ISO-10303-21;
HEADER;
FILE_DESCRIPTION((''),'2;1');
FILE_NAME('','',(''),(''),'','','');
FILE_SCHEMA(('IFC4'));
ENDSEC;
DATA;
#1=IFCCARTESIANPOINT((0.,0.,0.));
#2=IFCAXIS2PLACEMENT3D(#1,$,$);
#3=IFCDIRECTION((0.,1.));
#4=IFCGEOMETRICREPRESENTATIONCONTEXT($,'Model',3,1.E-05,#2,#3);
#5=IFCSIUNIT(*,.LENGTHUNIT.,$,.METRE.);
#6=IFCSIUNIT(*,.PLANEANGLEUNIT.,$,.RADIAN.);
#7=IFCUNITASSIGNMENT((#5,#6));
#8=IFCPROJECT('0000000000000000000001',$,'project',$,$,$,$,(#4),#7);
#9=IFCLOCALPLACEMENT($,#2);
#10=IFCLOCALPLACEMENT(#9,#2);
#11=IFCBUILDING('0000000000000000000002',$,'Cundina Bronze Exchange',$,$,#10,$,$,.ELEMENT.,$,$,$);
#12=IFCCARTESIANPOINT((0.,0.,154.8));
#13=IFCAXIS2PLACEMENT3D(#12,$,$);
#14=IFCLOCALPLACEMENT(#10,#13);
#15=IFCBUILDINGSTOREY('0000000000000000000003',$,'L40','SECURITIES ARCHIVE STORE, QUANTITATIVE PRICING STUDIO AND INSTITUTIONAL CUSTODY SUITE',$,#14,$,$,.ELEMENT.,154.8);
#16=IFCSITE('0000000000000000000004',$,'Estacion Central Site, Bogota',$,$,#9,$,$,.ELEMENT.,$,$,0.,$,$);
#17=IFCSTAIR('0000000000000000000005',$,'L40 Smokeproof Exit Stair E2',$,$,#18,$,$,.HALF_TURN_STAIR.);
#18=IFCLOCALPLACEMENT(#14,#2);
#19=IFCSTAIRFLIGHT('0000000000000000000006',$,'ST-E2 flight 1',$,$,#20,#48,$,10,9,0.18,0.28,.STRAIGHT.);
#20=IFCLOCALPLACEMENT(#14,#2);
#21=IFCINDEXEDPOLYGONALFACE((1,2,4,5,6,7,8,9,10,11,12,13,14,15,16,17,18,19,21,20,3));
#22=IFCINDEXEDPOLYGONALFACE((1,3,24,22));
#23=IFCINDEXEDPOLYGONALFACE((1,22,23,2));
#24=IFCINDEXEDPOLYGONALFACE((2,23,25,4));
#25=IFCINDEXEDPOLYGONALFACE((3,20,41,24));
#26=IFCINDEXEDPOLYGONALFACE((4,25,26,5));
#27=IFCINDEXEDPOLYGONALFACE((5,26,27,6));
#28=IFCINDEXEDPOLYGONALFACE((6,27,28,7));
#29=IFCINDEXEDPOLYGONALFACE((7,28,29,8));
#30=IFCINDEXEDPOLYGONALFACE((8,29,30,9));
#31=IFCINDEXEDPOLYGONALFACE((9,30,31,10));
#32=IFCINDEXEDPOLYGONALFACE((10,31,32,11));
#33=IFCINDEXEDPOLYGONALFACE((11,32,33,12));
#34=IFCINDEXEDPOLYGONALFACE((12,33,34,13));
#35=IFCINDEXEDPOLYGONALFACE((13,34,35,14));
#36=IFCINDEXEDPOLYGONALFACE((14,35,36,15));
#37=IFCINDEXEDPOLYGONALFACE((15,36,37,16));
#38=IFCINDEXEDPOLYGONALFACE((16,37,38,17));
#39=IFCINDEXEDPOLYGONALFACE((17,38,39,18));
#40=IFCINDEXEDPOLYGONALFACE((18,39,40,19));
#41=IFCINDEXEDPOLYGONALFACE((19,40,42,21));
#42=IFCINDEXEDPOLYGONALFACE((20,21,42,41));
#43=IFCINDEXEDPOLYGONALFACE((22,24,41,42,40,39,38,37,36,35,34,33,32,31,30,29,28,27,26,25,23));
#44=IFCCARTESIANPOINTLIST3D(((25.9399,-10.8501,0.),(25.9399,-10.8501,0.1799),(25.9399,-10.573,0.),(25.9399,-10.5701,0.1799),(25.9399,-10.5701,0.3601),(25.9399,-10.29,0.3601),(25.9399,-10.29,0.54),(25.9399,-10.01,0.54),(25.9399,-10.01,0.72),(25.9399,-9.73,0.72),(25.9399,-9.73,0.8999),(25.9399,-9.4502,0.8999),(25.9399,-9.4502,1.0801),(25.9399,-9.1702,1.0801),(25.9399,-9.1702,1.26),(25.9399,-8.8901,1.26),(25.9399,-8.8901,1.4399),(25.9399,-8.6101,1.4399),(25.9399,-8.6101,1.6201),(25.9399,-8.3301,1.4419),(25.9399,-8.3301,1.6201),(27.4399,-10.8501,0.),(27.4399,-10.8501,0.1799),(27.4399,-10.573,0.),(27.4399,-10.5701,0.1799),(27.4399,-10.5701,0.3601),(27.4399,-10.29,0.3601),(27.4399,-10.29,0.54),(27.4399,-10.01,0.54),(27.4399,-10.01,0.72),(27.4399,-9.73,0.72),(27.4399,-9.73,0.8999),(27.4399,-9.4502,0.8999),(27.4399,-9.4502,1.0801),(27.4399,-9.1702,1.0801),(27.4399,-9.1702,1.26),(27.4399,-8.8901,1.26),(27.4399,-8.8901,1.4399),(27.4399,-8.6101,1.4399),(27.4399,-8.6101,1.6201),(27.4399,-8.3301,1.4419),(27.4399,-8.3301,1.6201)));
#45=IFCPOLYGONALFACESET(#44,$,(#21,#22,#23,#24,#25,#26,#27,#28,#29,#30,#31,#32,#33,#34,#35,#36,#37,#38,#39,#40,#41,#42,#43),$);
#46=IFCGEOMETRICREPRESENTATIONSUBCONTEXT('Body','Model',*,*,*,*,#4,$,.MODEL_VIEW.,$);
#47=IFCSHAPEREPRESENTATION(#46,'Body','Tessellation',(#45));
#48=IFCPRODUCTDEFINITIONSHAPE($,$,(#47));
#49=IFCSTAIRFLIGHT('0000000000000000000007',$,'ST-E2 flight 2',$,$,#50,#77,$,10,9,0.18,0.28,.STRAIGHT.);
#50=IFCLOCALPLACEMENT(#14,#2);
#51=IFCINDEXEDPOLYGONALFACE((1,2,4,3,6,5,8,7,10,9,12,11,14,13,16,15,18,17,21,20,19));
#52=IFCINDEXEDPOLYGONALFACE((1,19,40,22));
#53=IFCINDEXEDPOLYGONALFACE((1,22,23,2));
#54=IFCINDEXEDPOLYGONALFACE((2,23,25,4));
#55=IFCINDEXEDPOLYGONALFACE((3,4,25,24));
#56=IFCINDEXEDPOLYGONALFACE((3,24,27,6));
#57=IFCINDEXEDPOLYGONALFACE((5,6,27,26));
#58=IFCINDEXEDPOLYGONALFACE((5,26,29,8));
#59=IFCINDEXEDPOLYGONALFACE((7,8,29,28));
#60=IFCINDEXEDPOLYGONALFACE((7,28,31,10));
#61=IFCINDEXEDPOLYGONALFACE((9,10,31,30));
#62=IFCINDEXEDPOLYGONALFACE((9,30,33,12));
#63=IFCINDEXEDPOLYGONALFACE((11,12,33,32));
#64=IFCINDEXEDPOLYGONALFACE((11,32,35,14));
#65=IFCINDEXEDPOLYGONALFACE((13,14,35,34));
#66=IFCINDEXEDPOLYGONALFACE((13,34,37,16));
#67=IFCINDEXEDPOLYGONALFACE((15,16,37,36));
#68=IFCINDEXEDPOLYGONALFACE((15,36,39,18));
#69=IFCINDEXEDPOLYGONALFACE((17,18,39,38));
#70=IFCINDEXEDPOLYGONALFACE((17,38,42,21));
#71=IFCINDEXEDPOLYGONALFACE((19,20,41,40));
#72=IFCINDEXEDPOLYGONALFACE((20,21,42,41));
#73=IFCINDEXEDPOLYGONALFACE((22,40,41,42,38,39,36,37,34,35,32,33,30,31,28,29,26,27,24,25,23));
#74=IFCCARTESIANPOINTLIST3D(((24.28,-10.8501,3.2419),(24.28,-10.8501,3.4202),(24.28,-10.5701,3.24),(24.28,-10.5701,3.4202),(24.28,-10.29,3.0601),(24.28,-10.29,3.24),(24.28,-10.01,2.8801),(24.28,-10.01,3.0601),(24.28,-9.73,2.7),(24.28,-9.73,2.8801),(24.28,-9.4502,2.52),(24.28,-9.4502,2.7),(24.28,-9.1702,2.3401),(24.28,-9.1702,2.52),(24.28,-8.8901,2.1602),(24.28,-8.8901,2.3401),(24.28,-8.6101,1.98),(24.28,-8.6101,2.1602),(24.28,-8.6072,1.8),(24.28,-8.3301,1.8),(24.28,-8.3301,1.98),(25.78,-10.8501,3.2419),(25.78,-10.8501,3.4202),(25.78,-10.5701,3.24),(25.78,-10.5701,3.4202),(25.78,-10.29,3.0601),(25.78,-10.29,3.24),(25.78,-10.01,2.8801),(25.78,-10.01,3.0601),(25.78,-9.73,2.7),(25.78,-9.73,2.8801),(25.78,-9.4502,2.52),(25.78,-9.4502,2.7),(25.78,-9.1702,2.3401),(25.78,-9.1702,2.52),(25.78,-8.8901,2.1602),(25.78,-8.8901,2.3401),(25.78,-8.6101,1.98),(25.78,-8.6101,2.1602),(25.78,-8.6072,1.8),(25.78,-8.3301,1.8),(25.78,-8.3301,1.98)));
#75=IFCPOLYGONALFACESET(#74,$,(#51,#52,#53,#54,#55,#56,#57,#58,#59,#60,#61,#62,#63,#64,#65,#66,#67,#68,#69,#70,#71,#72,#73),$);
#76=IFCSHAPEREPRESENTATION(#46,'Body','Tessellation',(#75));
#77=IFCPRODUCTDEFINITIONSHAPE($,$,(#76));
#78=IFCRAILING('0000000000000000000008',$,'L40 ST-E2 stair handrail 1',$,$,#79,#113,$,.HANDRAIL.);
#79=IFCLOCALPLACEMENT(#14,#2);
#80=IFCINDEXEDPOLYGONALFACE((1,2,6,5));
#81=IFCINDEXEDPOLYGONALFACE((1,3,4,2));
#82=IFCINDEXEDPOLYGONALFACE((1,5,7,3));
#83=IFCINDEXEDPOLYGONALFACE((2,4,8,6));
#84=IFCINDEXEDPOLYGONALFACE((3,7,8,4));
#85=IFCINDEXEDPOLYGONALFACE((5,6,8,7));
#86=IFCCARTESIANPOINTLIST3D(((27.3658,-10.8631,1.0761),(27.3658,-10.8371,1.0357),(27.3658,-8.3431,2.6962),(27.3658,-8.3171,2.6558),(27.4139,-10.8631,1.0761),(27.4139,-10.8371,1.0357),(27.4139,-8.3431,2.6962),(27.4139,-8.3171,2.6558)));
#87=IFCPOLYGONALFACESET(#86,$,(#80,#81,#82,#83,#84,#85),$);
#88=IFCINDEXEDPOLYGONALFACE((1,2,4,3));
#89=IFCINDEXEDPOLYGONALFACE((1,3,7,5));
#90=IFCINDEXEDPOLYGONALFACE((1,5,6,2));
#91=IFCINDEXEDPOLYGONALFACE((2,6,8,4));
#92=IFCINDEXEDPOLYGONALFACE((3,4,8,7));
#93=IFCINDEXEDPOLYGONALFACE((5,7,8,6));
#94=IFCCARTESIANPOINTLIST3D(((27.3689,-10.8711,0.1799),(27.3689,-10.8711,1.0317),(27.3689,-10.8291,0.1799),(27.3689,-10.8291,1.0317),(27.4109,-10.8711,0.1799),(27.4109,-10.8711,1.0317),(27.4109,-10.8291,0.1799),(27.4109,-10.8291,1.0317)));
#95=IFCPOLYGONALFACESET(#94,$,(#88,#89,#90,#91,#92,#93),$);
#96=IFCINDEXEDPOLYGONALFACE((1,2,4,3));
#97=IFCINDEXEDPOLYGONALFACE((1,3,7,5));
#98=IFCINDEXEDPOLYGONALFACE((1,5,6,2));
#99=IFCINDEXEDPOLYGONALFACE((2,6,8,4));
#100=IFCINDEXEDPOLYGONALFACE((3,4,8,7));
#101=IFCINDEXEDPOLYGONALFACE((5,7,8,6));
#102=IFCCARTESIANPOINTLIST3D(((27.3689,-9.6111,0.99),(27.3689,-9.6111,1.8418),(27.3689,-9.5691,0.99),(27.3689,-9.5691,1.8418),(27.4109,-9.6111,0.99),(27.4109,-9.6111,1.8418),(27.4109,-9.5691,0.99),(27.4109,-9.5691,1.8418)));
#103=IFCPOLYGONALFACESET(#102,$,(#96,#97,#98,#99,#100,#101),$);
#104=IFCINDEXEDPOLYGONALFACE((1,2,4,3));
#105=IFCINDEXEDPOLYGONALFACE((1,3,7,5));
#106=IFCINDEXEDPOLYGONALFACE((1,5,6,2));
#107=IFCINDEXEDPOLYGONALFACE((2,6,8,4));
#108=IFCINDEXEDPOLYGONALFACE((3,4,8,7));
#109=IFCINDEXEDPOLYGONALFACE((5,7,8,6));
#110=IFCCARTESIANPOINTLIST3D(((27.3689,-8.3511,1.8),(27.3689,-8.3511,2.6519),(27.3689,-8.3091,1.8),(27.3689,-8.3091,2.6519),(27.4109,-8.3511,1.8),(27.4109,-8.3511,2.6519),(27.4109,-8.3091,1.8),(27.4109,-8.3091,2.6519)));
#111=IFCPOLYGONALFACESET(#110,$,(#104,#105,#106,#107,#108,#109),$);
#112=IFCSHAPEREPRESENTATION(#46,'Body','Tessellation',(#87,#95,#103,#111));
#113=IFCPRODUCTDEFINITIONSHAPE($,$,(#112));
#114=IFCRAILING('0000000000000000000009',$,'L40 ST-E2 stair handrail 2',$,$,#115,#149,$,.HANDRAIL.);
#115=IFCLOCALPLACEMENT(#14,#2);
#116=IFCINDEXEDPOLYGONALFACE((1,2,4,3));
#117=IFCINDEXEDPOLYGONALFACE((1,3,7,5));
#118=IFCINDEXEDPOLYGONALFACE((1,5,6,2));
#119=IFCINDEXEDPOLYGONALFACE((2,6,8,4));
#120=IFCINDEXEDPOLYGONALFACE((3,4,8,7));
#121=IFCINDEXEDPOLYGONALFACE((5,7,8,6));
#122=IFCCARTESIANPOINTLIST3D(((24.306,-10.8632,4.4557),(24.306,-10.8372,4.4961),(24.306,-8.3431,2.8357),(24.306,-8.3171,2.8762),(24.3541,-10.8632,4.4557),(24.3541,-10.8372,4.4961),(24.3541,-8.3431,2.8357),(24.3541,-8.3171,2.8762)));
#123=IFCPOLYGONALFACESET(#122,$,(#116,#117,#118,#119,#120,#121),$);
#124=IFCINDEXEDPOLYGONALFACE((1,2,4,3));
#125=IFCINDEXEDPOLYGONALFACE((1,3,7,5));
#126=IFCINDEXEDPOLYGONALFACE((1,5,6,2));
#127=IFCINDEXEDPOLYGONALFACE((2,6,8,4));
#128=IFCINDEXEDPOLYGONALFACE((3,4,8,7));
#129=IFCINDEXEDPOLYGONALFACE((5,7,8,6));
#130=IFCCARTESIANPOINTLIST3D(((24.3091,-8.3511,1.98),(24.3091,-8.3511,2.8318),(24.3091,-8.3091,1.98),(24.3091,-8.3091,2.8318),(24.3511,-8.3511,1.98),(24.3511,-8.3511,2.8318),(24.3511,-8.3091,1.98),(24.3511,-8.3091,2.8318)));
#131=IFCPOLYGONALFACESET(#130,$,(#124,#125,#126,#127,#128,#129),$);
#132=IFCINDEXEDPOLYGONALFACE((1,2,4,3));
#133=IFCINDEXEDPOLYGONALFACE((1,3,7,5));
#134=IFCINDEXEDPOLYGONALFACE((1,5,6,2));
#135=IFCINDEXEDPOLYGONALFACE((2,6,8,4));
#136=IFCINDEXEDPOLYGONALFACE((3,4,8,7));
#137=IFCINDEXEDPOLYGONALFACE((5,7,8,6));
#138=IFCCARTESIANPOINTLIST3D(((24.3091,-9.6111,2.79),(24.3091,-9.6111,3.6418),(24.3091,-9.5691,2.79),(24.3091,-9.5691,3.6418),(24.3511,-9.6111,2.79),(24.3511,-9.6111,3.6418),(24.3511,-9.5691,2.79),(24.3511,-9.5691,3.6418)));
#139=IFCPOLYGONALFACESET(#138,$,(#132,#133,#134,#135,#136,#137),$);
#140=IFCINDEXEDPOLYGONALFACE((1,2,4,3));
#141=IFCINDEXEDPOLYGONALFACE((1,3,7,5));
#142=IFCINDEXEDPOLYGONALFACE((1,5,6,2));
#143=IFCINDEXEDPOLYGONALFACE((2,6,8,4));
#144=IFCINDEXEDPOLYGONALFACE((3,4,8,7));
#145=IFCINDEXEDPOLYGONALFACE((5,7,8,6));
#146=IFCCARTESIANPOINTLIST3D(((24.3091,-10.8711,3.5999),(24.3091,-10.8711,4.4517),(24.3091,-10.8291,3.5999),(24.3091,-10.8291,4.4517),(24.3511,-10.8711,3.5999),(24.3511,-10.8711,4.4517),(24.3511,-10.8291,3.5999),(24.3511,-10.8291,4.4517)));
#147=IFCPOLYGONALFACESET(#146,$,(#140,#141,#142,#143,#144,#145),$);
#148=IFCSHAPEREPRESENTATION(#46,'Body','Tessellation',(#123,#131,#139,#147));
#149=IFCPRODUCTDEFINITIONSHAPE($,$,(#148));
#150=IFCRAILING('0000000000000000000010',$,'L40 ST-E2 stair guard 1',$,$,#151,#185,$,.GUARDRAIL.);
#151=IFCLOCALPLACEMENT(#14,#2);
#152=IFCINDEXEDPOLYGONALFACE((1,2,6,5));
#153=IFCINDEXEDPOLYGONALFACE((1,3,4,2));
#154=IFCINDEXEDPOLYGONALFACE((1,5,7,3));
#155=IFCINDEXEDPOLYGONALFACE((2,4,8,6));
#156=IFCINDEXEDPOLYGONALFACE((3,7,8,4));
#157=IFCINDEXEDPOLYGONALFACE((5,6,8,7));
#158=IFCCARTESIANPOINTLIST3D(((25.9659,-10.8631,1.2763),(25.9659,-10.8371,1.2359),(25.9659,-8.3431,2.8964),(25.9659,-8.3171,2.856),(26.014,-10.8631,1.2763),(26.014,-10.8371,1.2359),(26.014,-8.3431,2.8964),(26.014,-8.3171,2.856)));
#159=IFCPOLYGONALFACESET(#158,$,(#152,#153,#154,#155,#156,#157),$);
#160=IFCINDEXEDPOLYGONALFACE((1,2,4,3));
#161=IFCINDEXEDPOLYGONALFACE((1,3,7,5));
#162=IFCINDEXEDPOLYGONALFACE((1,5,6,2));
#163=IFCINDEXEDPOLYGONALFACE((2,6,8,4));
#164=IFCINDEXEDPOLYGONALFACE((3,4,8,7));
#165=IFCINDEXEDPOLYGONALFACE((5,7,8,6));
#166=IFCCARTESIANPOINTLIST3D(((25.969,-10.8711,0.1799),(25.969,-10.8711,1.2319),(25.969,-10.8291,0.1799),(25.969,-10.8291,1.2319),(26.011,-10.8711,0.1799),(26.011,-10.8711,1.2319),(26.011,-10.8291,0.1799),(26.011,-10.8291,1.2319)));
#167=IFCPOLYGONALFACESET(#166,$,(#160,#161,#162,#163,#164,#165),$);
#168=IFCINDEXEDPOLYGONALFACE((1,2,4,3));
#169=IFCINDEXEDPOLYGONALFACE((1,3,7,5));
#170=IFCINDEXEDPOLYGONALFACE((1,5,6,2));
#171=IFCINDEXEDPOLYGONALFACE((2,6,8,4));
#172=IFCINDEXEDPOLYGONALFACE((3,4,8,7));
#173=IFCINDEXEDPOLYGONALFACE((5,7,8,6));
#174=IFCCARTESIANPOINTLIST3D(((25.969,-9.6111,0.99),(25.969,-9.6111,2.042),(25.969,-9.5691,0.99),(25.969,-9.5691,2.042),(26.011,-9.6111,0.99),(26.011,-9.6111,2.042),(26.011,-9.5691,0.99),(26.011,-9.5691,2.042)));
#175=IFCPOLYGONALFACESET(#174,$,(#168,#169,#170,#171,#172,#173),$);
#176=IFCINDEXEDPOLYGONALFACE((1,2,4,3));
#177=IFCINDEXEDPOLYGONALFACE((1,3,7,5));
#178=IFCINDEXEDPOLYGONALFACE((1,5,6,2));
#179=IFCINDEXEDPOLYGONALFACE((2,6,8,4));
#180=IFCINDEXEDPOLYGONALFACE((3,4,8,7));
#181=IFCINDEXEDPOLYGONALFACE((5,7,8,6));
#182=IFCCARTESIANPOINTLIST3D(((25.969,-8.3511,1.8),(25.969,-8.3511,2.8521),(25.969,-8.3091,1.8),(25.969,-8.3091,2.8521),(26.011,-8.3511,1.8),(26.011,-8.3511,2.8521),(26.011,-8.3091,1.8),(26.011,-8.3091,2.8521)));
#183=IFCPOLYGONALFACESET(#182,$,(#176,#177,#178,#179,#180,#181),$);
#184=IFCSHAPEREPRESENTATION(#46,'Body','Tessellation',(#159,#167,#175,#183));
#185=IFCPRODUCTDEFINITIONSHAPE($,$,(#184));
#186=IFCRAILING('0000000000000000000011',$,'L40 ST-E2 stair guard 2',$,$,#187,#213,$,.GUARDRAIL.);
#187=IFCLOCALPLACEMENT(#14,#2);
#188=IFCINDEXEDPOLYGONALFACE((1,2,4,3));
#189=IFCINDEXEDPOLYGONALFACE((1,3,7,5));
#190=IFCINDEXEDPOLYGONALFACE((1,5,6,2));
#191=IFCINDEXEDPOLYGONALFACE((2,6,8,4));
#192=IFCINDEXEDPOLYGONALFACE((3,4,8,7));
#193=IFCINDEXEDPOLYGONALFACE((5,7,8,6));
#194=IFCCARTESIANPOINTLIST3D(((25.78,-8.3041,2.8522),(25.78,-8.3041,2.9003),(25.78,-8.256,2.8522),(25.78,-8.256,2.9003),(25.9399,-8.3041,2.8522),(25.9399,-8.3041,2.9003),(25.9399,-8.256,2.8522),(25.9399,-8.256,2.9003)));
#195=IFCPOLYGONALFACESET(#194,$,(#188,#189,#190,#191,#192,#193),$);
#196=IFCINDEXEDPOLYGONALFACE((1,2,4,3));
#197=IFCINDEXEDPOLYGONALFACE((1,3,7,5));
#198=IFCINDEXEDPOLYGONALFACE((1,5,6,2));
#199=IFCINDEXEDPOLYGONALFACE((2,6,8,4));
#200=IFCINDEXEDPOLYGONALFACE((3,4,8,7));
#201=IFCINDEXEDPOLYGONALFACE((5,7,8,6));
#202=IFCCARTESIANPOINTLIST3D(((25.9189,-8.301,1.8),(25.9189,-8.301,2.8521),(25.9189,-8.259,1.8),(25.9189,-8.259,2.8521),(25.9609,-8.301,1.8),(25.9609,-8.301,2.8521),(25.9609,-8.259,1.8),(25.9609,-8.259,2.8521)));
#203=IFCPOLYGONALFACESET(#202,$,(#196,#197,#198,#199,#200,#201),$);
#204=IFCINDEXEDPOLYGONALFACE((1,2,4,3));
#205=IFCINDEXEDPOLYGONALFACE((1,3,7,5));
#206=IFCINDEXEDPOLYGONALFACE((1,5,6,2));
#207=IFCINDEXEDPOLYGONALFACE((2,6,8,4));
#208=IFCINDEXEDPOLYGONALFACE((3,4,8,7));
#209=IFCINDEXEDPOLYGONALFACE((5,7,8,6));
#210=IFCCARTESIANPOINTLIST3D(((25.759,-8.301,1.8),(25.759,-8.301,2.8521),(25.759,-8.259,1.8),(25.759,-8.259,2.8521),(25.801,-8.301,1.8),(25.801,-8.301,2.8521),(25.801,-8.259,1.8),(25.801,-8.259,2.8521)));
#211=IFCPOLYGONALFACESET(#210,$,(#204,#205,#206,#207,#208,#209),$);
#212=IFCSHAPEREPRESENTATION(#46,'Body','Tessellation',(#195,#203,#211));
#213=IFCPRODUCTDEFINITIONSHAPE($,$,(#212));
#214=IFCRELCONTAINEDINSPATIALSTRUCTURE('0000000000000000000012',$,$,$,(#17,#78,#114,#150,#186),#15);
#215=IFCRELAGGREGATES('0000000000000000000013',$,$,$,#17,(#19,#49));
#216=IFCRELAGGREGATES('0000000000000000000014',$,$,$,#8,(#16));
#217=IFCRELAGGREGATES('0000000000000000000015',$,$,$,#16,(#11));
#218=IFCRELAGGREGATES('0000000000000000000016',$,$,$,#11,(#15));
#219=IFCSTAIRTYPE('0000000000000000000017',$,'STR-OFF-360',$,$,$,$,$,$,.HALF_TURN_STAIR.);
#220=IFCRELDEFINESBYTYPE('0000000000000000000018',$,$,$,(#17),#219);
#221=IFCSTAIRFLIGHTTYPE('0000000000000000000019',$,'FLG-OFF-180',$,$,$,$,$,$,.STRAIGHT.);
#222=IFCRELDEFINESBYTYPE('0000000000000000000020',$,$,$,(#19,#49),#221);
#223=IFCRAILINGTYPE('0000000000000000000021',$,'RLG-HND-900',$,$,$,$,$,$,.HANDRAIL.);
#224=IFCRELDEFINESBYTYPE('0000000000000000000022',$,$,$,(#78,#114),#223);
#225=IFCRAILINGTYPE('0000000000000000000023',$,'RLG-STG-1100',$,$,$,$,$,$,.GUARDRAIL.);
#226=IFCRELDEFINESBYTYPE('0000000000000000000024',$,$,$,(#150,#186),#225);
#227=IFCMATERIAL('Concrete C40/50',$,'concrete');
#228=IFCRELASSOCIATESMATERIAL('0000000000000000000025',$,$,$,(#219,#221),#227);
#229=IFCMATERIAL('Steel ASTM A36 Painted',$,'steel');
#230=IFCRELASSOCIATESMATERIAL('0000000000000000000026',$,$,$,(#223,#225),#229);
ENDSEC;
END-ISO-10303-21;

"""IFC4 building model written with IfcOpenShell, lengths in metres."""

from ifc_helpers import new_model, si_unit, direction, frame, origin, origin_2d, place, context, subcontext, project, spatial, polyline, rectangle, outline, extrude, material, type_object, element, aggregate, save


model = new_model("IFC4")

# Units and contexts
model_context = context("Model", 3, precision=1e-05, world=origin(), true_north=direction((0.0, 1.0)))
body_context = subcontext(model_context, "Body", "Model", "MODEL_VIEW")
ifc_project = project(units=[si_unit("LENGTHUNIT", "METRE"), si_unit("PLANEANGLEUNIT", "RADIAN")], contexts=[model_context])

# Site, building, storey
site_placement = place(None, origin())
site = spatial("IfcSite", under=ifc_project, at=site_placement, Name="Estacion Central Site, Bogota", CompositionType="ELEMENT", RefElevation=0.0)
building_placement = place(site_placement, origin())
building = spatial("IfcBuilding", under=site, at=building_placement, Name="Cundina Bronze Exchange", CompositionType="ELEMENT")
storey_placement = place(building_placement, frame((0.0, 0.0, 154.8)))
storey = spatial("IfcBuildingStorey", under=building, at=storey_placement, Name="L40", Description="SECURITIES ARCHIVE STORE, QUANTITATIVE PRICING STUDIO AND INSTITUTIONAL CUSTODY SUITE", CompositionType="ELEMENT", Elevation=154.8)

# Shared definitions
ifc_material_1 = material(Name="Steel ASTM A36 Painted", Category="steel")

# Stair, stair flights
ifc_material_2 = material(Name="Concrete C40/50", Category="concrete")
stair_type = type_object("IfcStairType", Name="STR-OFF-360", PredefinedType="HALF_TURN_STAIR", material=ifc_material_2)
stair_placement = place(storey_placement, origin())
stair = element("IfcStair", 1, at=stair_placement, inside=storey, type_object=stair_type, Name="L40 Smokeproof Exit Stair E2", PredefinedType="HALF_TURN_STAIR")
stair_flight_type = type_object("IfcStairFlightType", Name="FLG-OFF-180", PredefinedType="STRAIGHT", material=ifc_material_2)
stair_flight_1_placement = place(storey_placement, frame((26.6899, -10.8501, 0.0), z_axis=(0.0, 0.0, 1.0), x_axis=(0.0, 1.0, 0.0)))
stair_flight_1 = element("IfcStairFlight", 2, at=stair_flight_1_placement, type_object=stair_flight_type, Name="ST-E2 flight 1", NumberOfRisers=10, NumberOfTreads=9, PredefinedType="STRAIGHT", RiserHeight=0.18, TreadLength=0.28, context=body_context, shape_type="SweptSolid", body=[
    extrude(outline(polyline([(0.0, 0.0), (0.0, 0.1799), (0.28, 0.1799), (0.28, 0.3601), (0.5601, 0.3601), (0.5601, 0.54), (0.8401, 0.54), (0.8401, 0.72), (1.1201, 0.72), (1.1201, 0.8999), (1.3999, 0.8999), (1.3999, 1.0801), (1.6799, 1.0801), (1.6799, 1.26), (1.96, 1.26), (1.96, 1.4399), (2.24, 1.4399), (2.24, 1.6201), (2.52, 1.6201), (2.52, 1.8), (2.52, 1.4419), (0.2771, 0.0), (0.0, 0.0)])), frame((0.0, 0.75, 0.0), z_axis=(0.0, -1.0, 0.0), x_axis=(1.0, 0.0, 0.0)), (0.0, 0.0, 1.0), 1.5),
])
stair_flight_2_placement = place(storey_placement, frame((25.03, -8.3301, 1.8), z_axis=(0.0, 0.0, 1.0), x_axis=(0.0, -1.0, 0.0)))
stair_flight_2 = element("IfcStairFlight", 3, at=stair_flight_2_placement, type_object=stair_flight_type, Name="ST-E2 flight 2", NumberOfRisers=10, NumberOfTreads=9, PredefinedType="STRAIGHT", RiserHeight=0.18, TreadLength=0.28, context=body_context, shape_type="SweptSolid", body=[
    extrude(outline(polyline([(0.0, 0.0), (0.0, 0.1799), (0.28, 0.1799), (0.28, 0.3601), (0.5601, 0.3601), (0.5601, 0.54), (0.8401, 0.54), (0.8401, 0.72), (1.1201, 0.72), (1.1201, 0.8999), (1.3999, 0.8999), (1.3999, 1.0801), (1.6799, 1.0801), (1.6799, 1.26), (1.96, 1.26), (1.96, 1.4399), (2.24, 1.4399), (2.24, 1.6201), (2.52, 1.6201), (2.52, 1.8), (2.52, 1.4419), (0.2771, 0.0), (0.0, 0.0)])), frame((0.0, 0.75, 0.0), z_axis=(0.0, -1.0, 0.0), x_axis=(1.0, 0.0, 0.0)), (0.0, 0.0, 1.0), 1.5),
])
aggregate(stair, [stair_flight_1, stair_flight_2])

# Railings
railing_type_1 = type_object("IfcRailingType", Name="RLG-HND-900", PredefinedType="HANDRAIL", material=ifc_material_1)
railing_1_placement = place(storey_placement, frame((27.3899, -10.8501, 0.1799)))
element("IfcRailing", 4, at=railing_1_placement, inside=storey, type_object=railing_type_1, Name="L40 ST-E2 stair handrail 1", PredefinedType="HANDRAIL", context=body_context, shape_type="SweptSolid", body=[
    extrude(rectangle(XDim=0.0481, YDim=0.0481, at=origin_2d()), frame((0.0, 0.0, 0.876), z_axis=(0.0, 0.841163, 0.540782), x_axis=(-1.0, 0.0, 0.0)), (0.0, 0.0, 1.0), 2.9958),
    extrude(rectangle(XDim=0.042, YDim=0.042, at=origin_2d()), origin(), (0.0, 0.0, 1.0), 0.8518),
    extrude(rectangle(XDim=0.042, YDim=0.042, at=origin_2d()), frame((0.0, 1.26, 0.8101)), (0.0, 0.0, 1.0), 0.8518),
    extrude(rectangle(XDim=0.042, YDim=0.042, at=origin_2d()), frame((0.0, 2.52, 1.6201)), (0.0, 0.0, 1.0), 0.8518),
])
railing_2_placement = place(storey_placement, frame((24.3301, -8.3301, 1.98)))
element("IfcRailing", 5, at=railing_2_placement, inside=storey, type_object=railing_type_1, Name="L40 ST-E2 stair handrail 2", PredefinedType="HANDRAIL", context=body_context, shape_type="SweptSolid", body=[
    extrude(rectangle(XDim=0.0481, YDim=0.0481, at=origin_2d()), frame((0.0, 0.0, 0.876), z_axis=(0.0, -0.8412, 0.540725), x_axis=(1.0, 0.0, 0.0)), (0.0, 0.0, 1.0), 2.9958),
    extrude(rectangle(XDim=0.042, YDim=0.042, at=origin_2d()), origin(), (0.0, 0.0, 1.0), 0.8518),
    extrude(rectangle(XDim=0.042, YDim=0.042, at=origin_2d()), frame((0.0, -1.26, 0.8101)), (0.0, 0.0, 1.0), 0.8518),
    extrude(rectangle(XDim=0.042, YDim=0.042, at=origin_2d()), frame((0.0, -2.52, 1.6199)), (0.0, 0.0, 1.0), 0.8518),
])
railing_type_2 = type_object("IfcRailingType", Name="RLG-STG-1100", PredefinedType="GUARDRAIL", material=ifc_material_1)
railing_3_placement = place(storey_placement, frame((25.99, -10.8501, 0.1799)))
element("IfcRailing", 6, at=railing_3_placement, inside=storey, type_object=railing_type_2, Name="L40 ST-E2 stair guard 1", PredefinedType="GUARDRAIL", context=body_context, shape_type="SweptSolid", body=[
    extrude(rectangle(XDim=0.0481, YDim=0.0481, at=origin_2d()), frame((0.0, 0.0, 1.0762), z_axis=(0.0, 0.841163, 0.540782), x_axis=(-1.0, 0.0, 0.0)), (0.0, 0.0, 1.0), 2.9958),
    extrude(rectangle(XDim=0.042, YDim=0.042, at=origin_2d()), origin(), (0.0, 0.0, 1.0), 1.052),
    extrude(rectangle(XDim=0.042, YDim=0.042, at=origin_2d()), frame((0.0, 1.26, 0.8101)), (0.0, 0.0, 1.0), 1.052),
    extrude(rectangle(XDim=0.042, YDim=0.042, at=origin_2d()), frame((0.0, 2.52, 1.6201)), (0.0, 0.0, 1.0), 1.052),
])
railing_4_placement = place(storey_placement, frame((25.9399, -8.28, 1.8)))
element("IfcRailing", 7, at=railing_4_placement, inside=storey, type_object=railing_type_2, Name="L40 ST-E2 stair guard 2", PredefinedType="GUARDRAIL", context=body_context, shape_type="SweptSolid", body=[
    extrude(rectangle(XDim=0.0481, YDim=0.0481, at=origin_2d()), frame((0.0, 0.0, 1.0762), z_axis=(-1.0, 0.0, 0.0), x_axis=(0.0, -1.0, 0.0)), (0.0, 0.0, 1.0), 0.1599),
    extrude(rectangle(XDim=0.042, YDim=0.042, at=origin_2d()), origin(), (0.0, 0.0, 1.0), 1.052),
    extrude(rectangle(XDim=0.042, YDim=0.042, at=origin_2d()), frame((-0.1599, 0.0, 0.0)), (0.0, 0.0, 1.0), 1.052),
])

save(model, "model.ifc")
